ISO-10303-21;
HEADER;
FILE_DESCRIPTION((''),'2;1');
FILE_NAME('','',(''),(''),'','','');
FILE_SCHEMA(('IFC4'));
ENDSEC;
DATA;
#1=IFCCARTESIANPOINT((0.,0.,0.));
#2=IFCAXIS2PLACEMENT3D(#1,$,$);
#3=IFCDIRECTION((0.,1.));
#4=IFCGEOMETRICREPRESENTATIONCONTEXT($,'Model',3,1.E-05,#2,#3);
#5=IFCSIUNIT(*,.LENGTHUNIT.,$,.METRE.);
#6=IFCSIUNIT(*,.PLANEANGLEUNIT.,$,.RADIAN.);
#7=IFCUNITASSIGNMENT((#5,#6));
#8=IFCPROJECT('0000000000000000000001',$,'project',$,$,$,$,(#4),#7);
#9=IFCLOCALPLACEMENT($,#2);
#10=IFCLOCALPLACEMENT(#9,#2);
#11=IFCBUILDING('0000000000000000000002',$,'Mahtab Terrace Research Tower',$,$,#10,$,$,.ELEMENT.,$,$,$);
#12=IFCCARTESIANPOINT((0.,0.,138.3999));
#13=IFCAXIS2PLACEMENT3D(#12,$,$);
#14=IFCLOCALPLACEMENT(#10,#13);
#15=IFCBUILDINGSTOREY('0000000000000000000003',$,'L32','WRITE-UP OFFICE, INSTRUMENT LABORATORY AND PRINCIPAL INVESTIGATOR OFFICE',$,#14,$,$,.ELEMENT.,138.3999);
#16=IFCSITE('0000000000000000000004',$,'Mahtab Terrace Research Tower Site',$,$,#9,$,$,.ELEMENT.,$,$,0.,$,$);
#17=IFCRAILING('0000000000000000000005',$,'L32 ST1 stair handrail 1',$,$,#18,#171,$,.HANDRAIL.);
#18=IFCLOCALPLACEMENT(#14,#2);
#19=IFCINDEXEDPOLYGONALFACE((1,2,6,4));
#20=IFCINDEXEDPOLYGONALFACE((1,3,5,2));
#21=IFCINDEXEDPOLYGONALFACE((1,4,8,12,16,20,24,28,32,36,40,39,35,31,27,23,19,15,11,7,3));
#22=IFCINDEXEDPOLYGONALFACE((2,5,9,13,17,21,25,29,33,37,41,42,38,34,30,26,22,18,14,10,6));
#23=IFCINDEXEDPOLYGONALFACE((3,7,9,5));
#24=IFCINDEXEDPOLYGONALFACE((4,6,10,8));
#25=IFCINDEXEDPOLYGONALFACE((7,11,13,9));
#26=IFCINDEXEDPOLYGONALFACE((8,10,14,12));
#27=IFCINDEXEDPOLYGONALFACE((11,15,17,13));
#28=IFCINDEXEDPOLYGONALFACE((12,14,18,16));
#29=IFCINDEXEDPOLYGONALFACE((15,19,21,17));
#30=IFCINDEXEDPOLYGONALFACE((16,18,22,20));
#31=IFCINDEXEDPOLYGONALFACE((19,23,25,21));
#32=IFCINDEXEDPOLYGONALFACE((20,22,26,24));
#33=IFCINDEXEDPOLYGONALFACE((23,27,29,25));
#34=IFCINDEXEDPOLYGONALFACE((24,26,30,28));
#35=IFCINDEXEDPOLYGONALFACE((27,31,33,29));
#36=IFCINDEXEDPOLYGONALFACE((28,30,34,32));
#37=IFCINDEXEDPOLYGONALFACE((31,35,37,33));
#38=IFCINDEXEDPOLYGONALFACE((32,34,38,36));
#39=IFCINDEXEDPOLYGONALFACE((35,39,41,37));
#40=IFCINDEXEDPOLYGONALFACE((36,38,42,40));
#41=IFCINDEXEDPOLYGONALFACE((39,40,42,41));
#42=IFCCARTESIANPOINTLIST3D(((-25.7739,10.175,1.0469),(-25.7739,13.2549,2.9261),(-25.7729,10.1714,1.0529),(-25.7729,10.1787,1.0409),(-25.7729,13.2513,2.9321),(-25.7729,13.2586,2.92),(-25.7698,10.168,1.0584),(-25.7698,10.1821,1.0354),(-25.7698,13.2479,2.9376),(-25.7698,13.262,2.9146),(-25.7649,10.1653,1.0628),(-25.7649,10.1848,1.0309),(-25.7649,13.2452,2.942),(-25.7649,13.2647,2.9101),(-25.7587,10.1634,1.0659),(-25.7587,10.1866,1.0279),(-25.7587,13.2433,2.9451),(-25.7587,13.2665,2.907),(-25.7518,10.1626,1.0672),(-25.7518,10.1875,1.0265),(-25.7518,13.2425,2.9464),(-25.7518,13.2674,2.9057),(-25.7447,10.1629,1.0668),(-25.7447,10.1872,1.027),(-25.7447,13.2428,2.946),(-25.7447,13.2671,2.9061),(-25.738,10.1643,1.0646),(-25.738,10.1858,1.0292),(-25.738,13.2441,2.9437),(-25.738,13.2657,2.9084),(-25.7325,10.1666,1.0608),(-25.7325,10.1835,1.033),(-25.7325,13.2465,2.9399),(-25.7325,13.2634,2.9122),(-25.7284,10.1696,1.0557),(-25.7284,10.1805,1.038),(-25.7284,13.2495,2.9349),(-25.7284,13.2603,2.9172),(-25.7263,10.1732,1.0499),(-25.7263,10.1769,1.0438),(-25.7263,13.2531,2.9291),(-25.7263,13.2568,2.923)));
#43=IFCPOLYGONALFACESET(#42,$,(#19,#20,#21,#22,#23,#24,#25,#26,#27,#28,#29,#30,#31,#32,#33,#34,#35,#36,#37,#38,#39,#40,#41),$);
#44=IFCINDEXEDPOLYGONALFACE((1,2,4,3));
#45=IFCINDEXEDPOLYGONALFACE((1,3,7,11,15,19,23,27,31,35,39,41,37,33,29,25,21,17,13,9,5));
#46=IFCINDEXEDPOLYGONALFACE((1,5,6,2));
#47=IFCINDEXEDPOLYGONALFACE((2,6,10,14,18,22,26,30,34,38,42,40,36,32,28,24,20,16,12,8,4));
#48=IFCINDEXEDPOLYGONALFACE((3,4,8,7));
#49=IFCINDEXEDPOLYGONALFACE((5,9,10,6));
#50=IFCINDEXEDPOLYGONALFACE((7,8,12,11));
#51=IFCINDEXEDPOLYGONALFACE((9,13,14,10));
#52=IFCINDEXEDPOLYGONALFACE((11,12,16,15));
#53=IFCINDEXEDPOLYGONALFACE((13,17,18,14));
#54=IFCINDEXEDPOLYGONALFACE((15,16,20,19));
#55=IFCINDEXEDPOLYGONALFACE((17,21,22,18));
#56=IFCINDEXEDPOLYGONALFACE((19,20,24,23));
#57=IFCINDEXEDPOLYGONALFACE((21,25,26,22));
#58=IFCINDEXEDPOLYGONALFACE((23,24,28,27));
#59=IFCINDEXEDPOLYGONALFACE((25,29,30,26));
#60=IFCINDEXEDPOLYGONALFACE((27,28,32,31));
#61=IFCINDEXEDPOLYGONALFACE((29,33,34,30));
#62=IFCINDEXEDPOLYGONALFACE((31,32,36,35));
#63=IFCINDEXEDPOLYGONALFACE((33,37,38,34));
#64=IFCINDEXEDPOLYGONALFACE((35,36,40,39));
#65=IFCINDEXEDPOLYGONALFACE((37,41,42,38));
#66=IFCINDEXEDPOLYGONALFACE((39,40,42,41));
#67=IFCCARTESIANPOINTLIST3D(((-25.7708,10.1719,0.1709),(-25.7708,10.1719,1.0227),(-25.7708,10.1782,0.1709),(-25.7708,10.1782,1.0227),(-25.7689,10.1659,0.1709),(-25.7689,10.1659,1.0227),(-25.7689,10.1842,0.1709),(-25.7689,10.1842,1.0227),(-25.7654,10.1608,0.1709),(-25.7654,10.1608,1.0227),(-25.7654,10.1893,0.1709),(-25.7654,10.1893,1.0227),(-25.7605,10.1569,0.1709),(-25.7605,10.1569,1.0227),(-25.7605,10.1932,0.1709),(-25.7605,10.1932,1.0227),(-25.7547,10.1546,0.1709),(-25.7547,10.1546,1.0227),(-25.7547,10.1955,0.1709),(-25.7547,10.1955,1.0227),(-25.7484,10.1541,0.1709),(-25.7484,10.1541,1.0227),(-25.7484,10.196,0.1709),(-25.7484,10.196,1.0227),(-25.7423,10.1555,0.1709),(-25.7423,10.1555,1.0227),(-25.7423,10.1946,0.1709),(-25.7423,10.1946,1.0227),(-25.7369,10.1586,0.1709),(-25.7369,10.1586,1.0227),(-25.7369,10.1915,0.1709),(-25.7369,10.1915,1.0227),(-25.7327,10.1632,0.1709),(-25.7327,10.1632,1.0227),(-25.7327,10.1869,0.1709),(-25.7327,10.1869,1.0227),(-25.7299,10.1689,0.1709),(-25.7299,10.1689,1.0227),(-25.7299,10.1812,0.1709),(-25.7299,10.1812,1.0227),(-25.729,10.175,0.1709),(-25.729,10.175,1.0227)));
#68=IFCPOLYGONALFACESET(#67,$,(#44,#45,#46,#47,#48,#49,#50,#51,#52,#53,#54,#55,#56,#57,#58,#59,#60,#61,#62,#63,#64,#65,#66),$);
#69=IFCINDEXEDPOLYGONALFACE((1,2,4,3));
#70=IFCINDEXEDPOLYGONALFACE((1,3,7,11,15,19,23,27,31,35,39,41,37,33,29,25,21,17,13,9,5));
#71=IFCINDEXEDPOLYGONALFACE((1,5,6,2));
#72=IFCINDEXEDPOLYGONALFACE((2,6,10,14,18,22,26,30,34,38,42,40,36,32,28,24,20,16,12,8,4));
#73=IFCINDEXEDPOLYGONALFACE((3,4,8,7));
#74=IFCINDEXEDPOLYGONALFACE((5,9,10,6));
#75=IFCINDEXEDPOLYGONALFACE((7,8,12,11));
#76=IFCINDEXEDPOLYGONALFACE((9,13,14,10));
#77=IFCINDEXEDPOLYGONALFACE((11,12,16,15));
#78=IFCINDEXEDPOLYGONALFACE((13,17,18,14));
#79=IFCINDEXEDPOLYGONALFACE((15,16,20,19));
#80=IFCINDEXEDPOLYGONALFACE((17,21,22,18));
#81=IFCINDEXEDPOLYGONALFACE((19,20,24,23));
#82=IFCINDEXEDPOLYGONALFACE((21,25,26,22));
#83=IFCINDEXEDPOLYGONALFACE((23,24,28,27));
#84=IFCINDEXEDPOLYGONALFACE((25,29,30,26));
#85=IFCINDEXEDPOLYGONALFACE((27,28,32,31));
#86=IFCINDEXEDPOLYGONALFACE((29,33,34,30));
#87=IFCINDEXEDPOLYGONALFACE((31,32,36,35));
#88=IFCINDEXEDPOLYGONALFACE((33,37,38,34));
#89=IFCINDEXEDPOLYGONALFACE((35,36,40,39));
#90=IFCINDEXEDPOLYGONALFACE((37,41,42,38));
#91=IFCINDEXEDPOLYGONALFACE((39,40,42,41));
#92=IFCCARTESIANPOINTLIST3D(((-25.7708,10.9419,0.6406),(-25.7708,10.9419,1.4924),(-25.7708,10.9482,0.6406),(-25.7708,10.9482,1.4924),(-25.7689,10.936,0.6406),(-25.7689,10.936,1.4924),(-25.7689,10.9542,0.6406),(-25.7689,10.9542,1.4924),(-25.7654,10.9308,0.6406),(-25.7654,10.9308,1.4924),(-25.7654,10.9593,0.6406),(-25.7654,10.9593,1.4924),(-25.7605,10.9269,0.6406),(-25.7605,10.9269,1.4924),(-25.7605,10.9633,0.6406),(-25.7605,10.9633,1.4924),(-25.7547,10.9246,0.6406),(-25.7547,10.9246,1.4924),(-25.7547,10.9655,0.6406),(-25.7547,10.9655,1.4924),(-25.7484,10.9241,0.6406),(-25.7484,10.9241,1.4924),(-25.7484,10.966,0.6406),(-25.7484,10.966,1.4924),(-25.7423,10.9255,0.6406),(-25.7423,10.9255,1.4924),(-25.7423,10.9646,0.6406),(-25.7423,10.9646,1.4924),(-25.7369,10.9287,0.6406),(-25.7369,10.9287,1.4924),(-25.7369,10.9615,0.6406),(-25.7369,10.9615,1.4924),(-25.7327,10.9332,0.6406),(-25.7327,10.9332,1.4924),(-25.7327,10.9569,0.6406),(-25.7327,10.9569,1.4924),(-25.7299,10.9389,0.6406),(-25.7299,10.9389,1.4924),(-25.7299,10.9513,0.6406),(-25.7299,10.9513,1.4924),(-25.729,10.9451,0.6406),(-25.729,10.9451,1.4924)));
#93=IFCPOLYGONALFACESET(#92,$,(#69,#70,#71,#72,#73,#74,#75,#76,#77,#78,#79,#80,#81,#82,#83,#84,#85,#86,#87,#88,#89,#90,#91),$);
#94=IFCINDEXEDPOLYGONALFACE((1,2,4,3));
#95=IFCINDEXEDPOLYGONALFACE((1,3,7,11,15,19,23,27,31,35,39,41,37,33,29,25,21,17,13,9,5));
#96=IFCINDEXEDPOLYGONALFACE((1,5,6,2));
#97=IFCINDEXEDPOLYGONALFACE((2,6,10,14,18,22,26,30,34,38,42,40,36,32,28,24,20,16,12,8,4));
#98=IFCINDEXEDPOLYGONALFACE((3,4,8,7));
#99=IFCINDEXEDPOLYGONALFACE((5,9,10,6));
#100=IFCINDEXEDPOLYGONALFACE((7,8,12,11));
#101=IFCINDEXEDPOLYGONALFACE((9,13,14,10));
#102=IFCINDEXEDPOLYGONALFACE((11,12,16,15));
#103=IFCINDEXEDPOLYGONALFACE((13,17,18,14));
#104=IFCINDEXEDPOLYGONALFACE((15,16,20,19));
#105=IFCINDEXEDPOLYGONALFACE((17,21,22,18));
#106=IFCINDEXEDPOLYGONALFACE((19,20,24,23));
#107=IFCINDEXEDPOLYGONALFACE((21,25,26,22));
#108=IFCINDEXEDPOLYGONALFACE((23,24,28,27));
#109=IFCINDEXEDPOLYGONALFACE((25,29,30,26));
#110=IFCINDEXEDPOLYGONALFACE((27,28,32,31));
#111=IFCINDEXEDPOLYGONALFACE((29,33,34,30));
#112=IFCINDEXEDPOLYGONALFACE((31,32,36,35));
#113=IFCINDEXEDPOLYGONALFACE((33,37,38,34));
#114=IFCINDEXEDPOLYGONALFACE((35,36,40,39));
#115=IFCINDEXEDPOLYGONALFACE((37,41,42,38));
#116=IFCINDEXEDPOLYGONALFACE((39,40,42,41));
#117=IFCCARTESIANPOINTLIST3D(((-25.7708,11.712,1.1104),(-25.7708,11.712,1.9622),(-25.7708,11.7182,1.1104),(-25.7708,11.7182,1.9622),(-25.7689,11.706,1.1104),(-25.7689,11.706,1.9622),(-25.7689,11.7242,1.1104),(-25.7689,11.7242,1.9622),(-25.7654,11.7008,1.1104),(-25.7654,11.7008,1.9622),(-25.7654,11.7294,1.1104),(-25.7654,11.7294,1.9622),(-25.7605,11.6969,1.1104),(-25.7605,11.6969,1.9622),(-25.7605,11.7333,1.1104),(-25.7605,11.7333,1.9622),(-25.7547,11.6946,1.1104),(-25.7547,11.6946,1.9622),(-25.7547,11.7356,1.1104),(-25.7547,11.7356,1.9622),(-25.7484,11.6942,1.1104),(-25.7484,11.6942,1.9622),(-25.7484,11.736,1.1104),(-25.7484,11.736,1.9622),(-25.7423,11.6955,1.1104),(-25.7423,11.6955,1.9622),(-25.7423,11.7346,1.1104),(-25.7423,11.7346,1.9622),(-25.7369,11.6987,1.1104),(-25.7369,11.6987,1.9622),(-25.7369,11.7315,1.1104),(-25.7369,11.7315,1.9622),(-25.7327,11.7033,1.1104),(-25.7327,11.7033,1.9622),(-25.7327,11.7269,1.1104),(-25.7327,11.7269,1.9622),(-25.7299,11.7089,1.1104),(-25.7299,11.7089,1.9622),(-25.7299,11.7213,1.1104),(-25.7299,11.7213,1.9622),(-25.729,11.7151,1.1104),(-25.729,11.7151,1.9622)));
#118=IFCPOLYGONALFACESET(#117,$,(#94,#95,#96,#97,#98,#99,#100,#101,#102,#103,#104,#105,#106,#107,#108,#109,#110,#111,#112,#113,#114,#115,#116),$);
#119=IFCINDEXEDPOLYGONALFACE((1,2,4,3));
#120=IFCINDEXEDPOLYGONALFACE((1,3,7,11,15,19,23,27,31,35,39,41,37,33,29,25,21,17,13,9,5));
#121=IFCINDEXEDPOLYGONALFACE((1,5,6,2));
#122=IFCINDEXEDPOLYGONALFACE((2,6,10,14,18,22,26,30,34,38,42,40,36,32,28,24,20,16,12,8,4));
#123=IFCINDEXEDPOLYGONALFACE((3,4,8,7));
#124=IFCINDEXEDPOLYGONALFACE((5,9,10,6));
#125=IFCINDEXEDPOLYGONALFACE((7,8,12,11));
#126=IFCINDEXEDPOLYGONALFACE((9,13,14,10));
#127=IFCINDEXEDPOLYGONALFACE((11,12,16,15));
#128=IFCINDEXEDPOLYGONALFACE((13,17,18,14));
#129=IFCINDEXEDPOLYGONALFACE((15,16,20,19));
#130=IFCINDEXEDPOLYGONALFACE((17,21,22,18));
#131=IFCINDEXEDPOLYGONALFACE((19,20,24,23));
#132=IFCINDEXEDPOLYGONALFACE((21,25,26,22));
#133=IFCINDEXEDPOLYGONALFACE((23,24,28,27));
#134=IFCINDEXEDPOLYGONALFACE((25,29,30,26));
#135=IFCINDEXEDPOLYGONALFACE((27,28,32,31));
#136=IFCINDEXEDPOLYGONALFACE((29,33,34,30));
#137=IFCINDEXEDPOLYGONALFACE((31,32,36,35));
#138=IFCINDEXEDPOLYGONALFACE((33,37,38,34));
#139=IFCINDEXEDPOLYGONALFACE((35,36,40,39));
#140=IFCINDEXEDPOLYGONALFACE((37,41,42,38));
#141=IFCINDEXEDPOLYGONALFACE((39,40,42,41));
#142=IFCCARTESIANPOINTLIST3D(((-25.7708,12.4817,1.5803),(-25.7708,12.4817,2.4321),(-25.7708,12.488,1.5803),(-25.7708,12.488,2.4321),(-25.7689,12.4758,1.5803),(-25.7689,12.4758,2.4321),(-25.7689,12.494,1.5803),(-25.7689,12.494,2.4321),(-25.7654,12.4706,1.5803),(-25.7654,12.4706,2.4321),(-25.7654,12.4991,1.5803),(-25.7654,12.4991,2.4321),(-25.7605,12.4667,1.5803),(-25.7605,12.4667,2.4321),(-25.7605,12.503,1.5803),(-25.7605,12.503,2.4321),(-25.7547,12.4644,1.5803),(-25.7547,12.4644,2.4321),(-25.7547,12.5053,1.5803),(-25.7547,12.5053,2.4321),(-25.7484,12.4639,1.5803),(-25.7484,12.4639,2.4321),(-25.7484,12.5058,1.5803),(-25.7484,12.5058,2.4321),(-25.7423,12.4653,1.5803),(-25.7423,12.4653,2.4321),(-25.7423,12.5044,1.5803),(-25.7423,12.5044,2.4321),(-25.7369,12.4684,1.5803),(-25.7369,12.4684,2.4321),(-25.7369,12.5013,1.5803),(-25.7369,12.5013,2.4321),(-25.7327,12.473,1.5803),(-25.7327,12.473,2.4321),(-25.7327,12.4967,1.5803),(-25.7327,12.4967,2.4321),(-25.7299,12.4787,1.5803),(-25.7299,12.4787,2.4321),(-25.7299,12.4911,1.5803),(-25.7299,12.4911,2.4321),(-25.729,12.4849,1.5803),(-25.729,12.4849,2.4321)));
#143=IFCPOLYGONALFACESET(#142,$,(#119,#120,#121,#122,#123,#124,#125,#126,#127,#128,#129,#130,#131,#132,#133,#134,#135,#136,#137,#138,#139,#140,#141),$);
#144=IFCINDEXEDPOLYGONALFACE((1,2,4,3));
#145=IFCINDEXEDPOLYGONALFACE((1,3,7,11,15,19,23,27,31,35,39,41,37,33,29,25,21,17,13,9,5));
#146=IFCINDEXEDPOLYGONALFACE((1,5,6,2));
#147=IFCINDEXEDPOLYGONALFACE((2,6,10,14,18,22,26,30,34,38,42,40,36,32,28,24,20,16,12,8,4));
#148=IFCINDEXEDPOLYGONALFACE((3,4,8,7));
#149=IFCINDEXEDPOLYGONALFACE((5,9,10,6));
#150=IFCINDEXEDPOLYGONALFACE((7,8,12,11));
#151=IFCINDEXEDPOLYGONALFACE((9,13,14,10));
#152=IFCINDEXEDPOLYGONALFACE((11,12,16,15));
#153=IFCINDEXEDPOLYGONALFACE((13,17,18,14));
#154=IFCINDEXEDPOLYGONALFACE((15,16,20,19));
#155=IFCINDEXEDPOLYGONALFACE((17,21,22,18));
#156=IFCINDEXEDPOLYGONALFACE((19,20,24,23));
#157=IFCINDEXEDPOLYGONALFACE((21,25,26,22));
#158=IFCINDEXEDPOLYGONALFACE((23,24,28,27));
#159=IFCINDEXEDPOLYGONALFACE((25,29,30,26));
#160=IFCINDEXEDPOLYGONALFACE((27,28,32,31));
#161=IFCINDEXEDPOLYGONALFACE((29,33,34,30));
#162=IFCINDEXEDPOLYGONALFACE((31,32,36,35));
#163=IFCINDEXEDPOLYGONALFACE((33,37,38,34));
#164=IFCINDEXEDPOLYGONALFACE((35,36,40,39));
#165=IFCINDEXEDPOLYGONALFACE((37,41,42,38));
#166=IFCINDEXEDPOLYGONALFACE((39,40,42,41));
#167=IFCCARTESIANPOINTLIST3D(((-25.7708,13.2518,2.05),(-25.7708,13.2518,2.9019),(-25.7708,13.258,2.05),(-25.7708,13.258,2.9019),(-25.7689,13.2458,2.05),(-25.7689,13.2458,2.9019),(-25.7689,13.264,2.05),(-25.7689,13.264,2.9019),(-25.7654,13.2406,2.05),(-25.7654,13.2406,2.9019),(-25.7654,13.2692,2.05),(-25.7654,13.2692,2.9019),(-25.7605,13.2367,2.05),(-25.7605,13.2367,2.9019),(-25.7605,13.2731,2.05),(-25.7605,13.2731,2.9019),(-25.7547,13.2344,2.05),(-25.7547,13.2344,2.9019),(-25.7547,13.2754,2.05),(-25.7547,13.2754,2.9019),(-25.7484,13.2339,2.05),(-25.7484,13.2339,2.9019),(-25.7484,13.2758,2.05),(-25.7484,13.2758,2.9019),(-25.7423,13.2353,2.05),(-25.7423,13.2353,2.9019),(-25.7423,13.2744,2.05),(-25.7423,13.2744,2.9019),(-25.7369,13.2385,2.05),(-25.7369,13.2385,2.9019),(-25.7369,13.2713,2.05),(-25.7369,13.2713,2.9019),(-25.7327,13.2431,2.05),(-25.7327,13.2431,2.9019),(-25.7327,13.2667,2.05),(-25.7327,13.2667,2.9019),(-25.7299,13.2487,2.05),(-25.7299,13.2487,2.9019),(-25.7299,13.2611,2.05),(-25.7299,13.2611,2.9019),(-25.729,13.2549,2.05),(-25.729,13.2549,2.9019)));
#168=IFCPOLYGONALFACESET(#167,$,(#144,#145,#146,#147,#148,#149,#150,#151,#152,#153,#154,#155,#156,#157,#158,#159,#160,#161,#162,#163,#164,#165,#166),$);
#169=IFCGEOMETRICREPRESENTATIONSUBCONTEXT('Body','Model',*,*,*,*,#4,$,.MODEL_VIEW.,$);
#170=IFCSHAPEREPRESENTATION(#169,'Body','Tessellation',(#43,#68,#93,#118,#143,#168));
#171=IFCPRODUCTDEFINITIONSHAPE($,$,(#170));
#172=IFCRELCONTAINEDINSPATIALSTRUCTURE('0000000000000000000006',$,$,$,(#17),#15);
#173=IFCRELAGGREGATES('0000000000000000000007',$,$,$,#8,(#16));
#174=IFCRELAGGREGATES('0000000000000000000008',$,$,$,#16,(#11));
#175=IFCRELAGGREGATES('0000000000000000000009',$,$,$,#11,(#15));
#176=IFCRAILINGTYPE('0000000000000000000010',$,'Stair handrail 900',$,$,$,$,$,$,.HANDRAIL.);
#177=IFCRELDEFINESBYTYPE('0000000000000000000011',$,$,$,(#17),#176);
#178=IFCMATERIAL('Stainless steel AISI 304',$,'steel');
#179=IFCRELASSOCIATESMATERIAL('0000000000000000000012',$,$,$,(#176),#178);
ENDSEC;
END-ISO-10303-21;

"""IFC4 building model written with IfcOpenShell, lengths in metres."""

from ifc_helpers import new_model, si_unit, direction, frame, origin, origin_2d, place, context, subcontext, project, spatial, circle, extrude, material, type_object, element, save


model = new_model("IFC4")

# Units and contexts
model_context = context("Model", 3, precision=1e-05, world=origin(), true_north=direction((0.0, 1.0)))
body_context = subcontext(model_context, "Body", "Model", "MODEL_VIEW")
ifc_project = project(units=[si_unit("LENGTHUNIT", "METRE"), si_unit("PLANEANGLEUNIT", "RADIAN")], contexts=[model_context])

# Site, building, storey
site_placement = place(None, origin())
site = spatial("IfcSite", under=ifc_project, at=site_placement, Name="Mahtab Terrace Research Tower Site", CompositionType="ELEMENT", RefElevation=0.0)
building_placement = place(site_placement, origin())
building = spatial("IfcBuilding", under=site, at=building_placement, Name="Mahtab Terrace Research Tower", CompositionType="ELEMENT")
storey_placement = place(building_placement, frame((0.0, 0.0, 138.3999)))
storey = spatial("IfcBuildingStorey", under=building, at=storey_placement, Name="L32", Description="WRITE-UP OFFICE, INSTRUMENT LABORATORY AND PRINCIPAL INVESTIGATOR OFFICE", CompositionType="ELEMENT", Elevation=138.3999)

# Shared definitions
ifc_material_1 = material(Name="Stainless steel AISI 304", Category="steel")

# Railing
railing_type_1 = type_object("IfcRailingType", Name="Stair handrail 900", PredefinedType="HANDRAIL", material=ifc_material_1)
railing_1_placement = place(storey_placement, frame((-25.75, 10.175, 0.1709)))
element("IfcRailing", 1, at=railing_1_placement, inside=storey, type_object=railing_type_1, Name="L32 ST1 stair handrail 1", PredefinedType="HANDRAIL", context=body_context, shape_type="SweptSolid", body=[
    extrude(circle(Radius=0.0239, at=origin_2d()), frame((0.0, 0.0, 0.876), z_axis=(0.0, 0.853648, 0.52085), x_axis=(-1.0, 0.0, 0.0)), (0.0, 0.0, 1.0), 3.6079),
    extrude(circle(Radius=0.021, at=origin_2d()), origin(), (0.0, 0.0, 1.0), 0.8518),
    extrude(circle(Radius=0.021, at=origin_2d()), frame((0.0, 0.77, 0.4697)), (0.0, 0.0, 1.0), 0.8518),
    extrude(circle(Radius=0.021, at=origin_2d()), frame((0.0, 1.54, 0.9395)), (0.0, 0.0, 1.0), 0.8518),
    extrude(circle(Radius=0.021, at=origin_2d()), frame((0.0, 2.3098, 1.4094)), (0.0, 0.0, 1.0), 0.8518),
    extrude(circle(Radius=0.021, at=origin_2d()), frame((0.0, 3.0798, 1.8792)), (0.0, 0.0, 1.0), 0.8518),
])

save(model, "model.ifc")
